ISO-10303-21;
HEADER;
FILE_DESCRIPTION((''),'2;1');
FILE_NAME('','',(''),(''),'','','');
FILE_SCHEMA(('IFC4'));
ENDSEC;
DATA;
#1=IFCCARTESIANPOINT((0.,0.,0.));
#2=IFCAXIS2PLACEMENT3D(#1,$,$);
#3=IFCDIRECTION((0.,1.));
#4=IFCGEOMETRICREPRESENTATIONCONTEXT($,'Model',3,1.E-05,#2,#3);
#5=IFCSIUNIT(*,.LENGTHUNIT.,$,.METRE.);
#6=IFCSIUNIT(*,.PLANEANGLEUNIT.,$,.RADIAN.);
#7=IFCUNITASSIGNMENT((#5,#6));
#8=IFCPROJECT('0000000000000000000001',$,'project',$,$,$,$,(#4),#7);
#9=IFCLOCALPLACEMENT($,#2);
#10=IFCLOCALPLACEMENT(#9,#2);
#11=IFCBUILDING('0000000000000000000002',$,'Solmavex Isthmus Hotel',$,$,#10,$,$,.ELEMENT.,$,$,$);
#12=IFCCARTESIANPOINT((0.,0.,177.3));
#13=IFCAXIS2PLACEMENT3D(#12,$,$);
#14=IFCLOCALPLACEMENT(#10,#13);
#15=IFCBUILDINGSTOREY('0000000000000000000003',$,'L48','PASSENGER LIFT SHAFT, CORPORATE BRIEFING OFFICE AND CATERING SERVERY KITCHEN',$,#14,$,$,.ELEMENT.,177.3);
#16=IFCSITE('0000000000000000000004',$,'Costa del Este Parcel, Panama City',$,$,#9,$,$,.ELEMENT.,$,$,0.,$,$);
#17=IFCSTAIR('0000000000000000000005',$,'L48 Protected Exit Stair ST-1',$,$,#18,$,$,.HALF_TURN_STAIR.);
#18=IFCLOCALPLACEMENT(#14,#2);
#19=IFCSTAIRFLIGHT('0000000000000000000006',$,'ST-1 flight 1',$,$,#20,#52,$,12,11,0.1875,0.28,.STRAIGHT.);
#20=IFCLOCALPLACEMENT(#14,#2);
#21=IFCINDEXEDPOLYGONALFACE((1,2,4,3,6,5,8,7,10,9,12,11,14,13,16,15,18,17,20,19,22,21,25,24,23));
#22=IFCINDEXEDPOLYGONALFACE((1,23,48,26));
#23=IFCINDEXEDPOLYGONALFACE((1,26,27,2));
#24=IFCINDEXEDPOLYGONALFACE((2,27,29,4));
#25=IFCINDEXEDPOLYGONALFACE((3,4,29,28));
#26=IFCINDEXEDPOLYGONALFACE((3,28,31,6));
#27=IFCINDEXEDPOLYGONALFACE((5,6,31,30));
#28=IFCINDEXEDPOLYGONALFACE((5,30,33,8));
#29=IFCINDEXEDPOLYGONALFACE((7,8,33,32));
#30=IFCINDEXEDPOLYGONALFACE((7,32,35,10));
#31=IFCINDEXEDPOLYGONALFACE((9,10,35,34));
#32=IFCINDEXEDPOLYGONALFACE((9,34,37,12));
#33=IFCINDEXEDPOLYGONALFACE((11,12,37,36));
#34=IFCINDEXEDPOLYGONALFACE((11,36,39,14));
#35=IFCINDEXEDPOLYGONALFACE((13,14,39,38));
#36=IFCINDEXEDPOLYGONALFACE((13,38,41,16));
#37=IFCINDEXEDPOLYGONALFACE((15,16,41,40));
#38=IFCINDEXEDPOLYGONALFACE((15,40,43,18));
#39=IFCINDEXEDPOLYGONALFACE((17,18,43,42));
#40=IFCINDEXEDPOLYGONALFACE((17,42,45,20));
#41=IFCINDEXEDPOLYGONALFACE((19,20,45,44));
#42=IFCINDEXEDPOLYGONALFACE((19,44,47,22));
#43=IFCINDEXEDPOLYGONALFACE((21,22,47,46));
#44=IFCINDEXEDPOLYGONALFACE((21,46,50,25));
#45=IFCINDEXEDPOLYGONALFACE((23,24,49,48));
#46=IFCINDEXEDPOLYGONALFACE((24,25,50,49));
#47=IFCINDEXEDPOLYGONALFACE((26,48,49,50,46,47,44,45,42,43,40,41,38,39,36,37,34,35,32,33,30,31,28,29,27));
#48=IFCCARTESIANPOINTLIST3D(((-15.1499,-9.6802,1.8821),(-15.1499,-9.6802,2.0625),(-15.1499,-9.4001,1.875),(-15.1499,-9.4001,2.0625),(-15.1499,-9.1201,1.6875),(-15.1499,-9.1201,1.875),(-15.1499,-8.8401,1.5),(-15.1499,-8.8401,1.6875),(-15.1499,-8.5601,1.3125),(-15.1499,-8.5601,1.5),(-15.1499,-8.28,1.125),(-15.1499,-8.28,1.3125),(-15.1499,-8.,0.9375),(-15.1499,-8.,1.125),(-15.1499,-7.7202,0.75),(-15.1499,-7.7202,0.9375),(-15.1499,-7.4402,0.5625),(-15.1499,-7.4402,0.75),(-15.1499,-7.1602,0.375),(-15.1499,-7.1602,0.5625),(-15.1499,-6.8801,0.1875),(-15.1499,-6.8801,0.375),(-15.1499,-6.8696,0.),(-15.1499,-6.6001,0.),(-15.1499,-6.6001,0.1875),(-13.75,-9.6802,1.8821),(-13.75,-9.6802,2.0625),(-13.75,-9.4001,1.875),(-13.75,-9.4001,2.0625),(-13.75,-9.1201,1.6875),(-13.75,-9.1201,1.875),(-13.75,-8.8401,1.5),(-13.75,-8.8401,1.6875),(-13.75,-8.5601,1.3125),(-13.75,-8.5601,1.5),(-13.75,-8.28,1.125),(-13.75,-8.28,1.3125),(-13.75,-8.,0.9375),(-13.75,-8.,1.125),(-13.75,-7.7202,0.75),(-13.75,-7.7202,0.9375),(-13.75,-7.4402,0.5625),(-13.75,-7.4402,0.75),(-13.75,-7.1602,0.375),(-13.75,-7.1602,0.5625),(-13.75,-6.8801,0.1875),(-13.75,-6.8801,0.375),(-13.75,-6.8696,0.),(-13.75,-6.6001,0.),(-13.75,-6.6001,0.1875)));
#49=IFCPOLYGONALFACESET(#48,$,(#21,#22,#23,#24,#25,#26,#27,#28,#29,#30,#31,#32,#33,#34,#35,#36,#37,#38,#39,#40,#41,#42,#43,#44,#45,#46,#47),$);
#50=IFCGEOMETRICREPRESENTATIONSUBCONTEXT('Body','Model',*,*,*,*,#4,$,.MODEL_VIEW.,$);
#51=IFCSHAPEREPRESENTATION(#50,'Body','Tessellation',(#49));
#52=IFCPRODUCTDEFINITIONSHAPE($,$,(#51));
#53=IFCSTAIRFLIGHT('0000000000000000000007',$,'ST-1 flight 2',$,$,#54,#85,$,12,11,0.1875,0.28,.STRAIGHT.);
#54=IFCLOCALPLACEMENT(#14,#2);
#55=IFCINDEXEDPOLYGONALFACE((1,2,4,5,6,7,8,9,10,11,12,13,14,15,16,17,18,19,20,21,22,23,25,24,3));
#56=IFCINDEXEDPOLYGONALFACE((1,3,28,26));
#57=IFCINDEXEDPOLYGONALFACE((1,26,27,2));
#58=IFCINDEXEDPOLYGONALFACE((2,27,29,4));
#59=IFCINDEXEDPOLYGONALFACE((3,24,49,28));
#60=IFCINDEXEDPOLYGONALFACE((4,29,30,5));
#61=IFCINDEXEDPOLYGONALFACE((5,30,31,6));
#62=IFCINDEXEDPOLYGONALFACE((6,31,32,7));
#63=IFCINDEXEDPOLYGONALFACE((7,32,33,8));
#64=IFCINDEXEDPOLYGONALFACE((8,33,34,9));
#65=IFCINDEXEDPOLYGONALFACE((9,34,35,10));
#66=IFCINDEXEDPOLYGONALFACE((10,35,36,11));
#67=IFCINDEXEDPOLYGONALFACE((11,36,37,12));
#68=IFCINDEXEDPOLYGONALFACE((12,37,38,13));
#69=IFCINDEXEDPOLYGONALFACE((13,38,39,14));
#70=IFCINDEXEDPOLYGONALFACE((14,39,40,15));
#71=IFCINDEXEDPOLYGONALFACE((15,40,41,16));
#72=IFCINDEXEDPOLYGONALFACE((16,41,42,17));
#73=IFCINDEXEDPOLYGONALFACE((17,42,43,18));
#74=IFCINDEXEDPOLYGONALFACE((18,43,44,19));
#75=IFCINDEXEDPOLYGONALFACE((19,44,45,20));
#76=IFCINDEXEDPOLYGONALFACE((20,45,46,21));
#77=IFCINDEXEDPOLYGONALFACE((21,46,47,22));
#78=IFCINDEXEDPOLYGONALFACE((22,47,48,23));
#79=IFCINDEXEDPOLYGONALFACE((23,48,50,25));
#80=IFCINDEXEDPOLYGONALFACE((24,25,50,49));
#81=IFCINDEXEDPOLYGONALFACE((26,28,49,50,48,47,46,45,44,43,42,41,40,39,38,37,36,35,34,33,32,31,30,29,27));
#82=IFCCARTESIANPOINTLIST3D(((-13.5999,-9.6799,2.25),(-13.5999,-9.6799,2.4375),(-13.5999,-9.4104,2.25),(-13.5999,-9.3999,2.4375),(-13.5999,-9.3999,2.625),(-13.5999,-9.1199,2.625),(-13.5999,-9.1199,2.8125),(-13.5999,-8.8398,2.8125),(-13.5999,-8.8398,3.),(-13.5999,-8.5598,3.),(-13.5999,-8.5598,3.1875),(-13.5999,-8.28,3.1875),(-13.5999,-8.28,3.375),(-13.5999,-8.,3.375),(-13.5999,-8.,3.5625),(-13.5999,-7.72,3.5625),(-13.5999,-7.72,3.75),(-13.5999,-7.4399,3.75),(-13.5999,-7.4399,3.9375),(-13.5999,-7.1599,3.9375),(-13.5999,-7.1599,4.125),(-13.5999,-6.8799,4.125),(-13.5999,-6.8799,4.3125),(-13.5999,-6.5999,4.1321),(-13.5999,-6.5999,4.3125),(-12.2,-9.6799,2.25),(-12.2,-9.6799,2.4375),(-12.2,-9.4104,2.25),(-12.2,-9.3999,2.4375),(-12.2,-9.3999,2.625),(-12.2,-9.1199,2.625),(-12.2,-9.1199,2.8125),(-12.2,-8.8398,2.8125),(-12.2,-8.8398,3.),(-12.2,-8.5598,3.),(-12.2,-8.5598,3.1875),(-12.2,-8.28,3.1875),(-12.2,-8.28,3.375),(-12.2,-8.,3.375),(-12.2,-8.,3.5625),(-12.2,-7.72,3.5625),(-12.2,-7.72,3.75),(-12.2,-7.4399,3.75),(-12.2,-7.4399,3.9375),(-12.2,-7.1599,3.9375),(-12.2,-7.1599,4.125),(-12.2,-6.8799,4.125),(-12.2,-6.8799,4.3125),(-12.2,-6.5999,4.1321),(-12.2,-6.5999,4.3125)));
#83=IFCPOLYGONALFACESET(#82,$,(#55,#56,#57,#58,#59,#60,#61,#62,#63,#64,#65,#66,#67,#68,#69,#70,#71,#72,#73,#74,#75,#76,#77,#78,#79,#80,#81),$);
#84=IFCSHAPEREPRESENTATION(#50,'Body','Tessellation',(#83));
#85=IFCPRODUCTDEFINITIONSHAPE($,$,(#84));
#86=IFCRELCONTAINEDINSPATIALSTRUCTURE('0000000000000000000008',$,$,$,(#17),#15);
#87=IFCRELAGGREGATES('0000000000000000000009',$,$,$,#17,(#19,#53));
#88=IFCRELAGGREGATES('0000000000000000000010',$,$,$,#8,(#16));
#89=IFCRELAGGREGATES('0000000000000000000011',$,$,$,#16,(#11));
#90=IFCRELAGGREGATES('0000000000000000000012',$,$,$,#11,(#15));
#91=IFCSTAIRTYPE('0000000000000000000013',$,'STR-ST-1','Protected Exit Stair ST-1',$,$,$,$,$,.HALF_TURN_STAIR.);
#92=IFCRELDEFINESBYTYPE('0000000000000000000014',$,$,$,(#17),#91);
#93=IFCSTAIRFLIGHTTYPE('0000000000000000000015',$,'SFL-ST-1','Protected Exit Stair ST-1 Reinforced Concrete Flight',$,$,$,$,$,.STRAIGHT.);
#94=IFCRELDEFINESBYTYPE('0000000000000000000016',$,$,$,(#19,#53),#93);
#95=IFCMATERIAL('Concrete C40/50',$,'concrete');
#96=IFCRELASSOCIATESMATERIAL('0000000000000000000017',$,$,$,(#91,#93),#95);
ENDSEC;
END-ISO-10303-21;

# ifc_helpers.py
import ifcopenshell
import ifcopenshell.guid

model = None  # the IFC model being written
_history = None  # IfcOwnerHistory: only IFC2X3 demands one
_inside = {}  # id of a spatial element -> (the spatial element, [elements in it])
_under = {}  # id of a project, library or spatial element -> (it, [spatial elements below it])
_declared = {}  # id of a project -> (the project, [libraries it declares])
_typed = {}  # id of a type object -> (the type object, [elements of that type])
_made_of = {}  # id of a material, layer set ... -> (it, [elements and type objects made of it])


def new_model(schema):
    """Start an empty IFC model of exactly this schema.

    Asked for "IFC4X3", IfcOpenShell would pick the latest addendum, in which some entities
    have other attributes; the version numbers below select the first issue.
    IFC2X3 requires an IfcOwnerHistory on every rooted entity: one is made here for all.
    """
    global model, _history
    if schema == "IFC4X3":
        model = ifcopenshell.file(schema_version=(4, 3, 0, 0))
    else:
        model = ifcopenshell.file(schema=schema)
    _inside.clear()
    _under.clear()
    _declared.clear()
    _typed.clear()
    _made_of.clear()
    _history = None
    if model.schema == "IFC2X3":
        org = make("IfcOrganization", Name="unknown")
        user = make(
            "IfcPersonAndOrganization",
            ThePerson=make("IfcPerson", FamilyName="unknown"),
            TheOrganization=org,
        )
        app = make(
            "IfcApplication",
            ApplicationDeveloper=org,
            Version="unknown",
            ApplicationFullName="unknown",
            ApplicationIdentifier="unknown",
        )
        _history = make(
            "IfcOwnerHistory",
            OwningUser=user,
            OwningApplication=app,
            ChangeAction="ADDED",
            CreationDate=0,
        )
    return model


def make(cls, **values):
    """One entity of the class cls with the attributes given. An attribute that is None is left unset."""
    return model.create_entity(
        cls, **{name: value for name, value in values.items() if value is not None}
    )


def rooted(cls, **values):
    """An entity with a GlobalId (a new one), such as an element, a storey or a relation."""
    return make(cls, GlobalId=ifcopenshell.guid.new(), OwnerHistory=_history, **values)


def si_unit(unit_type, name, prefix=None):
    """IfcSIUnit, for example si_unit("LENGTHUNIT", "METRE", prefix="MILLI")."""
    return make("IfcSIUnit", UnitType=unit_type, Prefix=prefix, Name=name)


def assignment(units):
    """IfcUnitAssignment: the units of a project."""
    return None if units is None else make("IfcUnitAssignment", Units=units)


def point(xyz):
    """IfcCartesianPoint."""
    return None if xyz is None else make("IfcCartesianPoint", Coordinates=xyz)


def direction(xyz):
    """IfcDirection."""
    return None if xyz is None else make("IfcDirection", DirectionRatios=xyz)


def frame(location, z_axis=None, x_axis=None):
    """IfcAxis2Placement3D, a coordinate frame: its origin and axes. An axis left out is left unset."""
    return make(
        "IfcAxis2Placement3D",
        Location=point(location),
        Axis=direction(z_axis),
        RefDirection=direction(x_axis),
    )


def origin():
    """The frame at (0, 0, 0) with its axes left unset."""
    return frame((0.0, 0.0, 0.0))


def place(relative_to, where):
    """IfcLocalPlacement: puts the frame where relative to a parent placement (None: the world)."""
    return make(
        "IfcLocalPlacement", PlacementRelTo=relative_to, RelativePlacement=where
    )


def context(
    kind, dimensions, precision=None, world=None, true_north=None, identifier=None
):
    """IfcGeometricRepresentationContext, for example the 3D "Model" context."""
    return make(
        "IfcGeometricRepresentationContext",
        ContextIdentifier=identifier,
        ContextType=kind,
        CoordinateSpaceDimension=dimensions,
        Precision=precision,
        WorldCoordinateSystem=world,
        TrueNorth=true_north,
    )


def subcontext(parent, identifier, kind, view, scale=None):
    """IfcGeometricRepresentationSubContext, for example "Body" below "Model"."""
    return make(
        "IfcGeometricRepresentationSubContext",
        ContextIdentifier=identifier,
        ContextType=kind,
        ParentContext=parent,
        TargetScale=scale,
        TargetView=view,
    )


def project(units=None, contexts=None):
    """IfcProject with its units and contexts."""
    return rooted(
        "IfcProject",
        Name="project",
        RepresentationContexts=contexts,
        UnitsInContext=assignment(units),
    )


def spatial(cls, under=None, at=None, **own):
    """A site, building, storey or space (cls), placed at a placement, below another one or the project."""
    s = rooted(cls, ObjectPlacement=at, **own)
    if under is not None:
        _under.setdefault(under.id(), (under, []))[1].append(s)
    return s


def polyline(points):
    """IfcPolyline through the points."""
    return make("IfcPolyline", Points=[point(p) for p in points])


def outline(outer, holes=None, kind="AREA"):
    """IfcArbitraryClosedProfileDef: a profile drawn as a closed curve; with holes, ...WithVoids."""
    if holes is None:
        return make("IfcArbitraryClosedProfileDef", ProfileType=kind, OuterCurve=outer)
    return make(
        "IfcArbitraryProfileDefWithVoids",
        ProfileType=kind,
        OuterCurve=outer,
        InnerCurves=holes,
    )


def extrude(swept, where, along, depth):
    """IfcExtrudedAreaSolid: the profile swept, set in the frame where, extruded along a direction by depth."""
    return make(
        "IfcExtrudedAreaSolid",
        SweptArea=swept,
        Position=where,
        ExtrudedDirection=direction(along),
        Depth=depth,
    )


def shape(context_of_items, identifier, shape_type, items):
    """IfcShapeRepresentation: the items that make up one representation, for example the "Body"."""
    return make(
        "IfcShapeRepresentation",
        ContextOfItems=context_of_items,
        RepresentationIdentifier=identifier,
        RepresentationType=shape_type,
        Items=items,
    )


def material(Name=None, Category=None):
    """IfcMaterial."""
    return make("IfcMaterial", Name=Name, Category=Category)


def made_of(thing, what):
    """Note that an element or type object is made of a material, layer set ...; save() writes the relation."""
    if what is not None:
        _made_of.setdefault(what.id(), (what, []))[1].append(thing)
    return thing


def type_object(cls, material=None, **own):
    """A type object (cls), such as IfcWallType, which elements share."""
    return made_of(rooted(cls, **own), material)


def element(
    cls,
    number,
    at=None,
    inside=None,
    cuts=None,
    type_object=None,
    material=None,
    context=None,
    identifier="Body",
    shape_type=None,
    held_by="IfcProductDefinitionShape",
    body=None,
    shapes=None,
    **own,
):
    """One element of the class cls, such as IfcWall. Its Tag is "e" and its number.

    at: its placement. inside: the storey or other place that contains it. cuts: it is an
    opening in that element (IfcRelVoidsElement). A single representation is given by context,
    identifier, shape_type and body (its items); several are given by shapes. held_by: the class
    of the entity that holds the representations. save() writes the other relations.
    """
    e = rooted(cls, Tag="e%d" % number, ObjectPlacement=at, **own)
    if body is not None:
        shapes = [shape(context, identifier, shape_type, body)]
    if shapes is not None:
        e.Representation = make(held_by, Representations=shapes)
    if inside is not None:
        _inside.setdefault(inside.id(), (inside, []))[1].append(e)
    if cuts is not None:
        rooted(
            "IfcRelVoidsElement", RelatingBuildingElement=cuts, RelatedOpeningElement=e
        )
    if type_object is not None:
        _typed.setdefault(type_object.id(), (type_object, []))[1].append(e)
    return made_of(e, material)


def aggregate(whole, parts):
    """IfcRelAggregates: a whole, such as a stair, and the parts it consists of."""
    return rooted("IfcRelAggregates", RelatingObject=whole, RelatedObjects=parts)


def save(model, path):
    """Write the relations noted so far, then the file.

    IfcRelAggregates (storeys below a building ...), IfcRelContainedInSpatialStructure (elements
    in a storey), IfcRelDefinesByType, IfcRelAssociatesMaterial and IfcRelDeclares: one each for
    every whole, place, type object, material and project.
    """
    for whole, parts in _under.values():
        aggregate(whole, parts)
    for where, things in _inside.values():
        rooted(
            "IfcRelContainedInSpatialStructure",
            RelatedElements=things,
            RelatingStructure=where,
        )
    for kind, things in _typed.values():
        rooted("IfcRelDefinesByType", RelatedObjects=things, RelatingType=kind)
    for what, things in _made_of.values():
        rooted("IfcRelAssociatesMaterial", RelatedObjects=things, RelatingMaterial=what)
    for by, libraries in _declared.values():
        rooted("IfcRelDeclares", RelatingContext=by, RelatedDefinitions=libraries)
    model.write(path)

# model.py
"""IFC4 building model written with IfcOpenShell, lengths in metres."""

from ifc_helpers import new_model, si_unit, direction, frame, origin, place, context, subcontext, project, spatial, polyline, outline, extrude, material, type_object, element, aggregate, save


model = new_model("IFC4")

# Units and contexts
model_context = context("Model", 3, precision=1e-05, world=origin(), true_north=direction((0.0, 1.0)))
body_context = subcontext(model_context, "Body", "Model", "MODEL_VIEW")
ifc_project = project(units=[si_unit("LENGTHUNIT", "METRE"), si_unit("PLANEANGLEUNIT", "RADIAN")], contexts=[model_context])

# Site, building, storey
site_placement = place(None, origin())
site = spatial("IfcSite", under=ifc_project, at=site_placement, Name="Costa del Este Parcel, Panama City", CompositionType="ELEMENT", RefElevation=0.0)
building_placement = place(site_placement, origin())
building = spatial("IfcBuilding", under=site, at=building_placement, Name="Solmavex Isthmus Hotel", CompositionType="ELEMENT")
storey_placement = place(building_placement, frame((0.0, 0.0, 177.3)))
storey = spatial("IfcBuildingStorey", under=building, at=storey_placement, Name="L48", Description="PASSENGER LIFT SHAFT, CORPORATE BRIEFING OFFICE AND CATERING SERVERY KITCHEN", CompositionType="ELEMENT", Elevation=177.3)

# Shared definitions
ifc_material_1 = material(Name="Concrete C40/50", Category="concrete")

# Stair, stair flights
stair_type = type_object("IfcStairType", Name="STR-ST-1", Description="Protected Exit Stair ST-1", PredefinedType="HALF_TURN_STAIR", material=ifc_material_1)
stair_placement = place(storey_placement, origin())
stair = element("IfcStair", 1, at=stair_placement, inside=storey, type_object=stair_type, Name="L48 Protected Exit Stair ST-1", PredefinedType="HALF_TURN_STAIR")
stair_flight_type = type_object("IfcStairFlightType", Name="SFL-ST-1", Description="Protected Exit Stair ST-1 Reinforced Concrete Flight", PredefinedType="STRAIGHT", material=ifc_material_1)
stair_flight_1_placement = place(storey_placement, frame((-14.45, -6.6001, 0.0), z_axis=(0.0, 0.0, 1.0), x_axis=(0.0, -1.0, 0.0)))
stair_flight_1 = element("IfcStairFlight", 2, at=stair_flight_1_placement, type_object=stair_flight_type, Name="ST-1 flight 1", NumberOfRisers=12, NumberOfTreads=11, PredefinedType="STRAIGHT", RiserHeight=0.1875, TreadLength=0.28, context=body_context, shape_type="SweptSolid", body=[
    extrude(outline(polyline([(0.0, 0.0), (0.0, 0.1875), (0.28, 0.1875), (0.28, 0.375), (0.5601, 0.375), (0.5601, 0.5625), (0.8401, 0.5625), (0.8401, 0.75), (1.1201, 0.75), (1.1201, 0.9375), (1.3999, 0.9375), (1.3999, 1.125), (1.6799, 1.125), (1.6799, 1.3125), (1.96, 1.3125), (1.96, 1.5), (2.24, 1.5), (2.24, 1.6875), (2.52, 1.6875), (2.52, 1.875), (2.8, 1.875), (2.8, 2.0625), (3.0801, 2.0625), (3.0801, 2.25), (3.0801, 1.8821), (0.2695, 0.0), (0.0, 0.0)])), frame((0.0, 0.7, 0.0), z_axis=(0.0, -1.0, 0.0), x_axis=(1.0, 0.0, 0.0)), (0.0, 0.0, 1.0), 1.3999),
])
stair_flight_2_placement = place(storey_placement, frame((-12.8999, -9.6799, 2.25), z_axis=(0.0, 0.0, 1.0), x_axis=(0.0, 1.0, 0.0)))
stair_flight_2 = element("IfcStairFlight", 3, at=stair_flight_2_placement, type_object=stair_flight_type, Name="ST-1 flight 2", NumberOfRisers=12, NumberOfTreads=11, PredefinedType="STRAIGHT", RiserHeight=0.1875, TreadLength=0.28, context=body_context, shape_type="SweptSolid", body=[
    extrude(outline(polyline([(0.0, 0.0), (0.0, 0.1875), (0.28, 0.1875), (0.28, 0.375), (0.5601, 0.375), (0.5601, 0.5625), (0.8401, 0.5625), (0.8401, 0.75), (1.1201, 0.75), (1.1201, 0.9375), (1.3999, 0.9375), (1.3999, 1.125), (1.6799, 1.125), (1.6799, 1.3125), (1.96, 1.3125), (1.96, 1.5), (2.24, 1.5), (2.24, 1.6875), (2.52, 1.6875), (2.52, 1.875), (2.8, 1.875), (2.8, 2.0625), (3.0801, 2.0625), (3.0801, 2.25), (3.0801, 1.8821), (0.2695, 0.0), (0.0, 0.0)])), frame((0.0, 0.7, 0.0), z_axis=(0.0, -1.0, 0.0), x_axis=(1.0, 0.0, 0.0)), (0.0, 0.0, 1.0), 1.3999),
])
aggregate(stair, [stair_flight_1, stair_flight_2])

save(model, "model.ifc")
